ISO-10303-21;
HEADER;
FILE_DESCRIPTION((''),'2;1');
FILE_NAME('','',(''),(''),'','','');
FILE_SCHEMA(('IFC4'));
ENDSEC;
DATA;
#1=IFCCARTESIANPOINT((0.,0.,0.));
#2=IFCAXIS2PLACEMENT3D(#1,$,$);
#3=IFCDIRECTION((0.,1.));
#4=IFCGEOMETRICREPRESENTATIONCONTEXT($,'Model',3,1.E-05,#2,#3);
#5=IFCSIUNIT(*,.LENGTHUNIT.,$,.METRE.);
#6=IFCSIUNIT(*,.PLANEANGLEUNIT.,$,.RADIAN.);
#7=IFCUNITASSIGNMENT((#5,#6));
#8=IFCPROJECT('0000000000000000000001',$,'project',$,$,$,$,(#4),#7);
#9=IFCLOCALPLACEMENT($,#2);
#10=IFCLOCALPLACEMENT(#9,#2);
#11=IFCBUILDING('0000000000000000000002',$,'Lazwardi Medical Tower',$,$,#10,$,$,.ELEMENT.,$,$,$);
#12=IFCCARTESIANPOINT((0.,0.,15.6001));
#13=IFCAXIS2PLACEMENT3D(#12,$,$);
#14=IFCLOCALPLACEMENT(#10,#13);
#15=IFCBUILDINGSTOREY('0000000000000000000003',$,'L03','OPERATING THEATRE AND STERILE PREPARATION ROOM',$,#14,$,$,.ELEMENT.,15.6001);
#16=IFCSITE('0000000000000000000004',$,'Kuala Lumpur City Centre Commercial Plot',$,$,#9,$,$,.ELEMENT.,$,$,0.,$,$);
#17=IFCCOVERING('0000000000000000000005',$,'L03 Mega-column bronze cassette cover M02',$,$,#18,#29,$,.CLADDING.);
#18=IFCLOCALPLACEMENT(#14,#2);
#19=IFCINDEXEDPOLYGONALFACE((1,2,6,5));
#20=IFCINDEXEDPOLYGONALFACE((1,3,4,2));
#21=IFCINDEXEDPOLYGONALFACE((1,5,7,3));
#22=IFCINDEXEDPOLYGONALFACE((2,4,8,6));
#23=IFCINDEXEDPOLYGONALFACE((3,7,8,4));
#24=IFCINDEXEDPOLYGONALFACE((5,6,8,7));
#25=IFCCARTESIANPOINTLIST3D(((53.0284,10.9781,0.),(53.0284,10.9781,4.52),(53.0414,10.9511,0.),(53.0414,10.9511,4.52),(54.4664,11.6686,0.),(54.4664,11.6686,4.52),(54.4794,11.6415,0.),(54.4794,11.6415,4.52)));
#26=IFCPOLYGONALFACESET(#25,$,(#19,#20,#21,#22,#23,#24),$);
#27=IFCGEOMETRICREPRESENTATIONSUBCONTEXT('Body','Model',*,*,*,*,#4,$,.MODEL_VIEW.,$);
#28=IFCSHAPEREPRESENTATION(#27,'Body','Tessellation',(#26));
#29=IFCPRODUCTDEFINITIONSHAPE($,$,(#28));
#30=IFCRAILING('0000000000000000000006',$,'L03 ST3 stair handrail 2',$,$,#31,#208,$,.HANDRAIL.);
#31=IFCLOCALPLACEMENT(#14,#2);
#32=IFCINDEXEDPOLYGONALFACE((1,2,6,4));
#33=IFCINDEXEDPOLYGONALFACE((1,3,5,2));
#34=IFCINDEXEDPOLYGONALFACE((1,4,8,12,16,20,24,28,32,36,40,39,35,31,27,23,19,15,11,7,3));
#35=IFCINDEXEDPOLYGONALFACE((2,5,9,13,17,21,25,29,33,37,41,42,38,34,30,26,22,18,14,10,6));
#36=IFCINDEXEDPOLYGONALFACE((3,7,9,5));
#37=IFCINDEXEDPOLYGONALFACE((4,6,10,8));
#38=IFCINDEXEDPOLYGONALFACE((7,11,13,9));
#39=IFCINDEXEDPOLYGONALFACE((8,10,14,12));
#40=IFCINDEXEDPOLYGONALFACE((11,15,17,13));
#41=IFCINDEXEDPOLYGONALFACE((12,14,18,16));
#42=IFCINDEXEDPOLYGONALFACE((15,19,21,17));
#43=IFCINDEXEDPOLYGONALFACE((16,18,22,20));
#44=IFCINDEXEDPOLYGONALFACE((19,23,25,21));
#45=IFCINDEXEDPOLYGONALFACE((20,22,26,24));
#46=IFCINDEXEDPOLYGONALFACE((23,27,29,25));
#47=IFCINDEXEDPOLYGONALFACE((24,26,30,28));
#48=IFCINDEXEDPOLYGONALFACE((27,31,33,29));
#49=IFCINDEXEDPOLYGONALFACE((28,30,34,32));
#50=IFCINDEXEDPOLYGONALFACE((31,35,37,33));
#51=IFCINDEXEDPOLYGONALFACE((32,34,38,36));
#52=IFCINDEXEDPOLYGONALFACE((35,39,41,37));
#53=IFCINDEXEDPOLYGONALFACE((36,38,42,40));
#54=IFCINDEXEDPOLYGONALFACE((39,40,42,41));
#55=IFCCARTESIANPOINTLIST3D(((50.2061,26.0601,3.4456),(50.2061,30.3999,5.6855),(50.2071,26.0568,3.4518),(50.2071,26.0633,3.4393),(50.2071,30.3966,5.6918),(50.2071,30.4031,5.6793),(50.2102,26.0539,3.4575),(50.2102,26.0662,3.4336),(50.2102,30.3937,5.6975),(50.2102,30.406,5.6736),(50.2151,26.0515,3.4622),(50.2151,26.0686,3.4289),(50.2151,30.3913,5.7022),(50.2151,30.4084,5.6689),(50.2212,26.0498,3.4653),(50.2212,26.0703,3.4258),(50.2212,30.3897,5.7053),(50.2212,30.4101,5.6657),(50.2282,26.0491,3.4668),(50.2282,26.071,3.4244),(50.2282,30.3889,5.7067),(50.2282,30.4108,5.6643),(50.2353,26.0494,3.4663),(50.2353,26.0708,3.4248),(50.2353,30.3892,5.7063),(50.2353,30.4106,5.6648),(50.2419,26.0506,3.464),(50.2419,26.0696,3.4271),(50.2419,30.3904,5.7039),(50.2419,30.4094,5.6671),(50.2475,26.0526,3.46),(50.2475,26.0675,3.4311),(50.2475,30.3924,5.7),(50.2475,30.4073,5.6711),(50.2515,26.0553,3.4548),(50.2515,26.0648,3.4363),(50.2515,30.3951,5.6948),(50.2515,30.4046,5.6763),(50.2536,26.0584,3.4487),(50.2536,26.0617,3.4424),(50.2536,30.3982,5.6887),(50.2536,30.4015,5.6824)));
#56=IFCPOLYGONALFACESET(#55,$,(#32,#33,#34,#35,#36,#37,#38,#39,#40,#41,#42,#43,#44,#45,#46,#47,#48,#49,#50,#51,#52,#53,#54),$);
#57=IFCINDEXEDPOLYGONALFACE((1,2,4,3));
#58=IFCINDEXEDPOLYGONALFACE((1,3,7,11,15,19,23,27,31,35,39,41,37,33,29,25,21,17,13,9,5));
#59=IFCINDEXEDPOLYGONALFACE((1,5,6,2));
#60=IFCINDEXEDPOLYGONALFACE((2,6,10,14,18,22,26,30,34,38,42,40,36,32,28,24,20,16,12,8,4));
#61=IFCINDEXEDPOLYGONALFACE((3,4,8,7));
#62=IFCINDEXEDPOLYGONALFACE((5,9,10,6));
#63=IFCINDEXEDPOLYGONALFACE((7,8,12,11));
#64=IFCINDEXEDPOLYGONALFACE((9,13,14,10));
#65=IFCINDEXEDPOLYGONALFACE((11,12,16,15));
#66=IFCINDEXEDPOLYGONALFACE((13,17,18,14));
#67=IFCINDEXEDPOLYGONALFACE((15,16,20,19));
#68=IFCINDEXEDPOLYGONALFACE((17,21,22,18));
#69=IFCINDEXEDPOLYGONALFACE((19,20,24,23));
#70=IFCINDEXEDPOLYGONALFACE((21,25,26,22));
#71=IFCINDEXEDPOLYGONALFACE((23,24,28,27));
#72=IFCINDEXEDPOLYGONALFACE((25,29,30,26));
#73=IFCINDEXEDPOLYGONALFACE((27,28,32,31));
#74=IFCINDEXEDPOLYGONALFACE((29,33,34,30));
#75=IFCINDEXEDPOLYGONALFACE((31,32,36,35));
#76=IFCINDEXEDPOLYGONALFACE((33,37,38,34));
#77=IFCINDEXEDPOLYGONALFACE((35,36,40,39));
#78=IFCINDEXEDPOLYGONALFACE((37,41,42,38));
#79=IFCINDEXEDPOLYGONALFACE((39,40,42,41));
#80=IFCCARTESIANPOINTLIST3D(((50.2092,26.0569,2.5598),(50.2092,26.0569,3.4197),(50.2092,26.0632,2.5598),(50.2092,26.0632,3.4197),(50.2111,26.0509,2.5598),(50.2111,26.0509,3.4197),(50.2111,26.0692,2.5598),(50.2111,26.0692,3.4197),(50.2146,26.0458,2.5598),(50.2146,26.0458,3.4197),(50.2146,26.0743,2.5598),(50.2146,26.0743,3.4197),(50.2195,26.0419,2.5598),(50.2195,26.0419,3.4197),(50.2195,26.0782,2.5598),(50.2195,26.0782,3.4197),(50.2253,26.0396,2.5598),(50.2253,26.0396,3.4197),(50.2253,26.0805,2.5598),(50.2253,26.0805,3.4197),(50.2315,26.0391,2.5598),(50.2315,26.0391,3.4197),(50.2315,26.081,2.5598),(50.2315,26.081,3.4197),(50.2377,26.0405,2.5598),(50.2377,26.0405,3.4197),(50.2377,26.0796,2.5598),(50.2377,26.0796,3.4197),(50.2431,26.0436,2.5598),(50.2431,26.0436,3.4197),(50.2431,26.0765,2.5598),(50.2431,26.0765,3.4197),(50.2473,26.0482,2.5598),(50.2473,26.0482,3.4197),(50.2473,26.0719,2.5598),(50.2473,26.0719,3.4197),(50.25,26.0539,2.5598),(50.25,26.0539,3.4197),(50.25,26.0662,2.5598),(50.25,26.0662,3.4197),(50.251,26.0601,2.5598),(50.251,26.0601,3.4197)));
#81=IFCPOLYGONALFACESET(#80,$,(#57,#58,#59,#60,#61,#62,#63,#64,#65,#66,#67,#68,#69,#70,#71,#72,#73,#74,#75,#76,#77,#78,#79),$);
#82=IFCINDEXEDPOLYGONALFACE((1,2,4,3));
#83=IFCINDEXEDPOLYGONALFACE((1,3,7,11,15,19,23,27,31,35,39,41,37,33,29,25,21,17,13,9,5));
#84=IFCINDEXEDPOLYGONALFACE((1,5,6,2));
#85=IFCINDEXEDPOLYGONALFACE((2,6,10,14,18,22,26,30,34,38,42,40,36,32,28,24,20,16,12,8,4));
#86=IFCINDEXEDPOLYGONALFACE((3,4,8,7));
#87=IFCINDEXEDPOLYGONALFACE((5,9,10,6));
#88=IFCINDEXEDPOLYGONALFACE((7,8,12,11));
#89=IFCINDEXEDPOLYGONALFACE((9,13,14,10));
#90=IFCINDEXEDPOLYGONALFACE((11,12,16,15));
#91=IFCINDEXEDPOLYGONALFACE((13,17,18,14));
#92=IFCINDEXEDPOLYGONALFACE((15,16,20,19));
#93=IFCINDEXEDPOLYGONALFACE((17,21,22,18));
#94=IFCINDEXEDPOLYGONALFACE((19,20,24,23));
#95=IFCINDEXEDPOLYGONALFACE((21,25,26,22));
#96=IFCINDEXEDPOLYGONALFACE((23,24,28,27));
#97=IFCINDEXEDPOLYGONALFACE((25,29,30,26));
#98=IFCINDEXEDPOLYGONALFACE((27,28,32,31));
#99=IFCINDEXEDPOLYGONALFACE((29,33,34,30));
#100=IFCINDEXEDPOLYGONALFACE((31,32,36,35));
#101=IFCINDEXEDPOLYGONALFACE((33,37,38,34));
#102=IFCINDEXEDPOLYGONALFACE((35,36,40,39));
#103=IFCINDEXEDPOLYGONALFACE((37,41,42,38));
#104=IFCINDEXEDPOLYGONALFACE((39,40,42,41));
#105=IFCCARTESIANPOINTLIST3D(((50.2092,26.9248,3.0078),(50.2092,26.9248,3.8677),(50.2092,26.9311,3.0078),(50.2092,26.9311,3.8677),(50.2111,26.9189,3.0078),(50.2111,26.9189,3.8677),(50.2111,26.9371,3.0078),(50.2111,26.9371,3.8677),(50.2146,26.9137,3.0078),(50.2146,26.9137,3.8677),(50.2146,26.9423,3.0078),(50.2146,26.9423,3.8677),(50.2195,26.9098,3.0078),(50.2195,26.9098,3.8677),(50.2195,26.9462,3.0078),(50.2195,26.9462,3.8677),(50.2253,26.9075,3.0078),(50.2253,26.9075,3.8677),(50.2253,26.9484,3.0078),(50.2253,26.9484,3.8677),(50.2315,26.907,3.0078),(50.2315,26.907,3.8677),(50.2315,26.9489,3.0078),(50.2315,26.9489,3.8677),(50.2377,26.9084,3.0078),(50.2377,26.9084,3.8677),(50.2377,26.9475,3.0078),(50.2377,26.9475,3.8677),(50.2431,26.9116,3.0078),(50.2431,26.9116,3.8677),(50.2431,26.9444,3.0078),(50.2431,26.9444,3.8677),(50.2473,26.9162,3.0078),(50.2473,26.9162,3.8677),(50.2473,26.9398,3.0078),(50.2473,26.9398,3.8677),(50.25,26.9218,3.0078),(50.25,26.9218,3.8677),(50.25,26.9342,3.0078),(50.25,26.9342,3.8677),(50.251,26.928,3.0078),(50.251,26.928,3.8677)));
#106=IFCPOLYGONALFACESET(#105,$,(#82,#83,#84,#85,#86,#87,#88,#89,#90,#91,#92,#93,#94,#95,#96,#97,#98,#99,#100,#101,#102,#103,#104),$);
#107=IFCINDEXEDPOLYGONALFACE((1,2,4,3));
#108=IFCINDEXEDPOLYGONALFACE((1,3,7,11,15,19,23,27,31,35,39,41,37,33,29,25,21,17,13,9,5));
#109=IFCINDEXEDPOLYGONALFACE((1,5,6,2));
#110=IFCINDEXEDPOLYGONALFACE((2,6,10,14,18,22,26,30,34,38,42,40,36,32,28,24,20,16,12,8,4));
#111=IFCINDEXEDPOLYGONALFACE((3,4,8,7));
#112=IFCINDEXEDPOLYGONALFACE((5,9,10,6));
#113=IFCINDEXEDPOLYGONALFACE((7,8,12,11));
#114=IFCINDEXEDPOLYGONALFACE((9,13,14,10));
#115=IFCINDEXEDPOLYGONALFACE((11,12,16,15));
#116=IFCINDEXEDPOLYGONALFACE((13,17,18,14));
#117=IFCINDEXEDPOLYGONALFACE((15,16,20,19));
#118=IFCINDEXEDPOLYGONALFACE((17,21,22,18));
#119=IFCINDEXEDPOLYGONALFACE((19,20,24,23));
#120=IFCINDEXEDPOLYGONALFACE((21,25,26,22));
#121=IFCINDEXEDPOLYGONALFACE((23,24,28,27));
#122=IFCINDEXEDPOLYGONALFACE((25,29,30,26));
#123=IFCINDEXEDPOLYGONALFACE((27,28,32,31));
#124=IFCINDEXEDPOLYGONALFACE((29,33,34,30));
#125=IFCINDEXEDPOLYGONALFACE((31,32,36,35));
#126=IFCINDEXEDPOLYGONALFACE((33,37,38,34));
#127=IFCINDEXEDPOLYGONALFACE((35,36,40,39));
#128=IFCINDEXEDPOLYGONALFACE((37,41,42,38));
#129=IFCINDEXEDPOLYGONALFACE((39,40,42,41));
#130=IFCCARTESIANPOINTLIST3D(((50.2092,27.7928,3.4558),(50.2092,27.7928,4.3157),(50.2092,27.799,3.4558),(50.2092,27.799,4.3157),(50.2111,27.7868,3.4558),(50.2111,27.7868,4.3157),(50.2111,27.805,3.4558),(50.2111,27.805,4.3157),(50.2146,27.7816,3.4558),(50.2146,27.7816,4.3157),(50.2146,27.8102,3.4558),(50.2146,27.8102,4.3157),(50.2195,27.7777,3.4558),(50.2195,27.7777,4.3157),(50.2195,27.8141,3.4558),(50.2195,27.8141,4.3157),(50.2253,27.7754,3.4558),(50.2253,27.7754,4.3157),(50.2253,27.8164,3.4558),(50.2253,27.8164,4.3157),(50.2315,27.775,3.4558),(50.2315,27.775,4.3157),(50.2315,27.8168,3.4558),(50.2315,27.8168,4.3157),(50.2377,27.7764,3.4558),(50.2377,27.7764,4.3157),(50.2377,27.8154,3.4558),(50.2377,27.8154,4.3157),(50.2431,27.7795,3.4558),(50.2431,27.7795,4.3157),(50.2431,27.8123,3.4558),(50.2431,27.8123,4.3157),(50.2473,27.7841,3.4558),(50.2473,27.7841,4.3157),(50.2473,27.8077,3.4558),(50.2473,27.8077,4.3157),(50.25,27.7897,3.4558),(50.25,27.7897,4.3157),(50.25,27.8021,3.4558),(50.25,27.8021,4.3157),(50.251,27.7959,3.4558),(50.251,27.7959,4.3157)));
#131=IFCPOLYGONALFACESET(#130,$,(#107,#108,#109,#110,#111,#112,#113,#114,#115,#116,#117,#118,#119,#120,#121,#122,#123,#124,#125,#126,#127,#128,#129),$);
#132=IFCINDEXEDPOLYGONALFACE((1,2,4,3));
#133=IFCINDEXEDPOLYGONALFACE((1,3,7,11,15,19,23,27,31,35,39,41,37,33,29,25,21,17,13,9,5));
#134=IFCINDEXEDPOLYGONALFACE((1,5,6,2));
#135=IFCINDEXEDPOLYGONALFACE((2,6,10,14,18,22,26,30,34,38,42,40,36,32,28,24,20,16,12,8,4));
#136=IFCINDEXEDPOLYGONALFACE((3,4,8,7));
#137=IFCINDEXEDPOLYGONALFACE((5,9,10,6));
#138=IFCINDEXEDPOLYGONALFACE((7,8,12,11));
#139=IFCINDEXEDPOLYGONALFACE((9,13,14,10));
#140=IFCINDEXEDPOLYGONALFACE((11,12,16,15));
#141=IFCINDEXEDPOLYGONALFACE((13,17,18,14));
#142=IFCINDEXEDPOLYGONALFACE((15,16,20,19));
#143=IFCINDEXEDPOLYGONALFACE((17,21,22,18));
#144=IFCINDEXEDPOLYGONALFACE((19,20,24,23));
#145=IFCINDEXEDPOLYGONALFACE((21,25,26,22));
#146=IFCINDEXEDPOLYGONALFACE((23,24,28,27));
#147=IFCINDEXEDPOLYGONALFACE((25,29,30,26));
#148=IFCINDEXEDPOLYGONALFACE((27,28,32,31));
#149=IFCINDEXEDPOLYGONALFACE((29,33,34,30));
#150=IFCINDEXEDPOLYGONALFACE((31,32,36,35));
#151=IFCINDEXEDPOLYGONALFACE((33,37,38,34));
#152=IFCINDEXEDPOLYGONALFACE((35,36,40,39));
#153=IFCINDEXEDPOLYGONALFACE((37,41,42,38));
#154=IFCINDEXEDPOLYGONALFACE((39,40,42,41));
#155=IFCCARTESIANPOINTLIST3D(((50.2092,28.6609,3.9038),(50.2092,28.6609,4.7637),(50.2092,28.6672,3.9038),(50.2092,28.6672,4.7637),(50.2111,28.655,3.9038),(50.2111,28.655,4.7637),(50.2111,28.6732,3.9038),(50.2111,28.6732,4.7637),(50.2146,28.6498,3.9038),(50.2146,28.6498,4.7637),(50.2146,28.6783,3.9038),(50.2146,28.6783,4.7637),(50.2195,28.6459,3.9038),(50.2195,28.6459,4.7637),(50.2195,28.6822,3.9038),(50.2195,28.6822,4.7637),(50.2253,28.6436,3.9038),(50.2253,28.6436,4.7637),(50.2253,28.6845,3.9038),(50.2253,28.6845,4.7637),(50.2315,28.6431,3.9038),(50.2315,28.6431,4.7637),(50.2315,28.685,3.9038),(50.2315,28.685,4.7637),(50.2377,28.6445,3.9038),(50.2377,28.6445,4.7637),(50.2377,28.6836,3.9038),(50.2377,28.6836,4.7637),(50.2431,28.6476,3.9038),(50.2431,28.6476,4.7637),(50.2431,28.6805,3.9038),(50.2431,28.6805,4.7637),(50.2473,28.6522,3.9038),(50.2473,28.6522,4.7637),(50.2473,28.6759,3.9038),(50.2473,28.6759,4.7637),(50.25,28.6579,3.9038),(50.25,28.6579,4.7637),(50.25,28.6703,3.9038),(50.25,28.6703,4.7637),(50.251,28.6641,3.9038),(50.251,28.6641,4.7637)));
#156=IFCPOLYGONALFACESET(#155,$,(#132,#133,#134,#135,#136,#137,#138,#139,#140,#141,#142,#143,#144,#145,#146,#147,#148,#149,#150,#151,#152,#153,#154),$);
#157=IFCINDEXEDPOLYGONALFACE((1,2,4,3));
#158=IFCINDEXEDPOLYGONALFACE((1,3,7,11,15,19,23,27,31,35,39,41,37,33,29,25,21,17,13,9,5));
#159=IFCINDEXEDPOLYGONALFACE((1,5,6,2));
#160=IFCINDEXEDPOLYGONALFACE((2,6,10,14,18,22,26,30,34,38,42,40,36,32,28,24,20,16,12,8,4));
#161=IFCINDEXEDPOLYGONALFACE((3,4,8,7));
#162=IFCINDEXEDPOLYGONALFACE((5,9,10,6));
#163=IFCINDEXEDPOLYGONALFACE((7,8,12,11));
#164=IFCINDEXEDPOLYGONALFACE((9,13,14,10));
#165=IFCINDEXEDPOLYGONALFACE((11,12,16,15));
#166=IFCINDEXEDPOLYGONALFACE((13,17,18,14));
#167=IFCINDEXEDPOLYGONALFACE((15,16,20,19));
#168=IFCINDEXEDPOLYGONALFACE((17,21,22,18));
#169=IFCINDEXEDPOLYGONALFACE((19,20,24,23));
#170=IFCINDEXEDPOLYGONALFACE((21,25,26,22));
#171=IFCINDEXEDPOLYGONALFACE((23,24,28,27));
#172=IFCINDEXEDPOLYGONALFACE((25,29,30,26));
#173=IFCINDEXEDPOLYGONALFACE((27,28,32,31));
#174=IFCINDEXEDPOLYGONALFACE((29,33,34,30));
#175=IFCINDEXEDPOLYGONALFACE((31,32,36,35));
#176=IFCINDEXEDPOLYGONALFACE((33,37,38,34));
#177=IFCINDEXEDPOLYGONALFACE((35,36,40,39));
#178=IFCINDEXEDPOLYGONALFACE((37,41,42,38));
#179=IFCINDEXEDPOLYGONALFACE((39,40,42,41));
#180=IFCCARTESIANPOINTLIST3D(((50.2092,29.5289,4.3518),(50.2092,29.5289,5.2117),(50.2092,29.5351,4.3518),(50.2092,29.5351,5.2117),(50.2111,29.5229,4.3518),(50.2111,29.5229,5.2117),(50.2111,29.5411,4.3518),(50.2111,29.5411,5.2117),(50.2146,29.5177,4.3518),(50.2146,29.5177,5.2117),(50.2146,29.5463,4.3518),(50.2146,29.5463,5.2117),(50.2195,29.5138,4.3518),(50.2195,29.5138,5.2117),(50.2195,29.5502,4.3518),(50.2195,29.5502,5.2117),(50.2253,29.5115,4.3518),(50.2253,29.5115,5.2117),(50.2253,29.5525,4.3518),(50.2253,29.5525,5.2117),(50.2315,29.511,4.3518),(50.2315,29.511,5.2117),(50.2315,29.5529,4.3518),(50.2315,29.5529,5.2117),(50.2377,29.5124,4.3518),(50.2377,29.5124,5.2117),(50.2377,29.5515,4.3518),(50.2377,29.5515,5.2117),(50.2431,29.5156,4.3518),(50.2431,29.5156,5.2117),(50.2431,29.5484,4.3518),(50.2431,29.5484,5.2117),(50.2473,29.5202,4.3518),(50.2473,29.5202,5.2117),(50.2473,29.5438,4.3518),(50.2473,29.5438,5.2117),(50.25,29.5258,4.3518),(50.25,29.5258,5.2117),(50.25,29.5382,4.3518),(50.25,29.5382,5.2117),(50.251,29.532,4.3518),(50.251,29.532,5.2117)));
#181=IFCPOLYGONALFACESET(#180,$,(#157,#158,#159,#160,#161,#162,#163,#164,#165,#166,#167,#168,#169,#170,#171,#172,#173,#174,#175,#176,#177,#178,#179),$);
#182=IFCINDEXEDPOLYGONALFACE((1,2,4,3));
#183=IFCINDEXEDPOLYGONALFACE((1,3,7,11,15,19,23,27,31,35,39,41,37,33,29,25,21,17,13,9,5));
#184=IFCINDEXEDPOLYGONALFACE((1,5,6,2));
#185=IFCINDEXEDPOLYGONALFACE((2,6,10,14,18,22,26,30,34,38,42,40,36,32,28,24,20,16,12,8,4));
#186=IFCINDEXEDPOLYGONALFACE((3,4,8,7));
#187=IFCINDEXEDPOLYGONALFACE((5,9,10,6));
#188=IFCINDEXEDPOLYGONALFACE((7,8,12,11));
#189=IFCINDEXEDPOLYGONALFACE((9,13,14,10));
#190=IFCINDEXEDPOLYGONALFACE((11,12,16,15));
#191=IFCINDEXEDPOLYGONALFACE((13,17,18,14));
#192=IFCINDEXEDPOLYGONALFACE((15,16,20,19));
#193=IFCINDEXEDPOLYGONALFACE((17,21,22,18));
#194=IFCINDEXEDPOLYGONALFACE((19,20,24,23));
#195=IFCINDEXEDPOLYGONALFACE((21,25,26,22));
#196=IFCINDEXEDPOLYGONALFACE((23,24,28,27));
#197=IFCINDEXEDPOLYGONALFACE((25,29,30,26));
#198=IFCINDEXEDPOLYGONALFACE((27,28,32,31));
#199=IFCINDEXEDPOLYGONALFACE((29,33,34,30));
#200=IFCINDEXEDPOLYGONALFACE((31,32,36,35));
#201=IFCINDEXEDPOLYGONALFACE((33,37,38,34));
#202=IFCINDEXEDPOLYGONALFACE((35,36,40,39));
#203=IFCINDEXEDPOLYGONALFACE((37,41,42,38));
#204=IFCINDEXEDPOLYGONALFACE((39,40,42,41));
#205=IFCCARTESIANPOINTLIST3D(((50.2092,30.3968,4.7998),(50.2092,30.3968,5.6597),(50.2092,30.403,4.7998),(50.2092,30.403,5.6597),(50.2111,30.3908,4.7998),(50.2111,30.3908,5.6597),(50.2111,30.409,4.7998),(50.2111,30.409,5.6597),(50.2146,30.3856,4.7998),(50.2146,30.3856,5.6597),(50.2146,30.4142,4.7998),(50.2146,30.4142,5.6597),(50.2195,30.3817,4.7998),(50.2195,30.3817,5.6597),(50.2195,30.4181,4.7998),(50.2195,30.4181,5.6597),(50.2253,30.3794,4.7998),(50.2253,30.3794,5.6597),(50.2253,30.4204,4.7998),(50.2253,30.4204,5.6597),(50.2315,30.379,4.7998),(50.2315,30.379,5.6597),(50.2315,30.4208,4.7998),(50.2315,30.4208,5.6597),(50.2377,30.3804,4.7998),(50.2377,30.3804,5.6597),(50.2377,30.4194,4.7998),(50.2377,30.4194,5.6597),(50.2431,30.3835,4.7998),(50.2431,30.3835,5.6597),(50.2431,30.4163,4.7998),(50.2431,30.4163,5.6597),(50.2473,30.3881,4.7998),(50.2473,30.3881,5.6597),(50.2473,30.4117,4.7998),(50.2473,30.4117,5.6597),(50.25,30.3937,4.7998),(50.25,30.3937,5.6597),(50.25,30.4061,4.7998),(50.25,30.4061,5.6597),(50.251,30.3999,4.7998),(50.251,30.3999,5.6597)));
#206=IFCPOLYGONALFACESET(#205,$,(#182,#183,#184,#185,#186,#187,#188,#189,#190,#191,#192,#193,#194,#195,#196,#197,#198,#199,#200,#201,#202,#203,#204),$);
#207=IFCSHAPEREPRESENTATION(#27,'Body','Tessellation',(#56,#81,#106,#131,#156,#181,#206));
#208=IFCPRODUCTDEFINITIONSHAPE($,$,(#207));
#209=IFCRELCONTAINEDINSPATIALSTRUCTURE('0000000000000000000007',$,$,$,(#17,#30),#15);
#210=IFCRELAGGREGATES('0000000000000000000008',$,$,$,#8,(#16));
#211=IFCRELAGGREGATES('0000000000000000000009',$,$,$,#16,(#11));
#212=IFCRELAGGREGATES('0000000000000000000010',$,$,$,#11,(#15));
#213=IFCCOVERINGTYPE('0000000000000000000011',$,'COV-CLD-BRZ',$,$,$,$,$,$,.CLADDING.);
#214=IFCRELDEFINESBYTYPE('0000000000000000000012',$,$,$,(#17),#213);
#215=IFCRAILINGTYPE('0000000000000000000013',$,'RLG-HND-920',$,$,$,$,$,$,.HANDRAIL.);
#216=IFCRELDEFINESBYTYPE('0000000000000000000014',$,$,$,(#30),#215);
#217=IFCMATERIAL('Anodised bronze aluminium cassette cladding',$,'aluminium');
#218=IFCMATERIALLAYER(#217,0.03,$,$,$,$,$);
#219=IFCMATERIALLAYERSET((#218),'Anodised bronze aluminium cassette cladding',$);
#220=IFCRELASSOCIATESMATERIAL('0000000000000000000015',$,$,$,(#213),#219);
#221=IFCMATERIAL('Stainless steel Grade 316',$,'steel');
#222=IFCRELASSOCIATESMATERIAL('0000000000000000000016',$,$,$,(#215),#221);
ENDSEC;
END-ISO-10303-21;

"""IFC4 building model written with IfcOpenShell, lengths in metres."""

from ifc_helpers import new_model, si_unit, direction, frame, origin, origin_2d, place, context, subcontext, project, spatial, rectangle, circle, extrude, material, layer, layer_set, type_object, element, save


model = new_model("IFC4")

# Units and contexts
model_context = context("Model", 3, precision=1e-05, world=origin(), true_north=direction((0.0, 1.0)))
body_context = subcontext(model_context, "Body", "Model", "MODEL_VIEW")
ifc_project = project(units=[si_unit("LENGTHUNIT", "METRE"), si_unit("PLANEANGLEUNIT", "RADIAN")], contexts=[model_context])

# Site, building, storey
site_placement = place(None, origin())
site = spatial("IfcSite", under=ifc_project, at=site_placement, Name="Kuala Lumpur City Centre Commercial Plot", CompositionType="ELEMENT", RefElevation=0.0)
building_placement = place(site_placement, origin())
building = spatial("IfcBuilding", under=site, at=building_placement, Name="Lazwardi Medical Tower", CompositionType="ELEMENT")
storey_placement = place(building_placement, frame((0.0, 0.0, 15.6001)))
storey = spatial("IfcBuildingStorey", under=building, at=storey_placement, Name="L03", Description="OPERATING THEATRE AND STERILE PREPARATION ROOM", CompositionType="ELEMENT", Elevation=15.6001)

# Covering
ifc_material_1 = material(Name="Anodised bronze aluminium cassette cladding", Category="aluminium")
ifc_layer_1 = layer(ifc_material_1, 0.03)
ifc_layer_set_1 = layer_set([ifc_layer_1], Name="Anodised bronze aluminium cassette cladding")
covering_type = type_object("IfcCoveringType", Name="COV-CLD-BRZ", PredefinedType="CLADDING", material=ifc_layer_set_1)
covering_placement = place(storey_placement, frame((53.7539, 11.3098, 0.0), z_axis=(0.0, 0.0, 1.0), x_axis=(0.901484, 0.432813, 0.0)))
element("IfcCovering", 1, at=covering_placement, inside=storey, type_object=covering_type, Name="L03 Mega-column bronze cassette cover M02", PredefinedType="CLADDING", context=body_context, shape_type="SweptSolid", body=[
    extrude(rectangle(XDim=1.5952, YDim=0.03, at=origin_2d()), origin(), (0.0, 0.0, 1.0), 4.52),
])

# Railing
ifc_material_2 = material(Name="Stainless steel Grade 316", Category="steel")
railing_type = type_object("IfcRailingType", Name="RLG-HND-920", PredefinedType="HANDRAIL", material=ifc_material_2)
railing_placement = place(storey_placement, frame((50.23, 26.0601, 2.5598)))
element("IfcRailing", 2, at=railing_placement, inside=storey, type_object=railing_type, Name="L03 ST3 stair handrail 2", PredefinedType="HANDRAIL", context=body_context, shape_type="SweptSolid", body=[
    extrude(circle(Radius=0.0239, at=origin_2d()), frame((0.0, 0.0, 0.8857), z_axis=(0.0, 0.888615, 0.458654), x_axis=(-1.0, 0.0, 0.0)), (0.0, 0.0, 1.0), 4.8838),
    extrude(circle(Radius=0.021, at=origin_2d()), origin(), (0.0, 0.0, 1.0), 0.8599),
    extrude(circle(Radius=0.021, at=origin_2d()), frame((0.0, 0.8679, 0.448)), (0.0, 0.0, 1.0), 0.8599),
    extrude(circle(Radius=0.021, at=origin_2d()), frame((0.0, 1.7358, 0.896)), (0.0, 0.0, 1.0), 0.8599),
    extrude(circle(Radius=0.021, at=origin_2d()), frame((0.0, 2.604, 1.344)), (0.0, 0.0, 1.0), 0.8599),
    extrude(circle(Radius=0.021, at=origin_2d()), frame((0.0, 3.4719, 1.792)), (0.0, 0.0, 1.0), 0.8599),
    extrude(circle(Radius=0.021, at=origin_2d()), frame((0.0, 4.3398, 2.24)), (0.0, 0.0, 1.0), 0.8599),
])

save(model, "model.ifc")
